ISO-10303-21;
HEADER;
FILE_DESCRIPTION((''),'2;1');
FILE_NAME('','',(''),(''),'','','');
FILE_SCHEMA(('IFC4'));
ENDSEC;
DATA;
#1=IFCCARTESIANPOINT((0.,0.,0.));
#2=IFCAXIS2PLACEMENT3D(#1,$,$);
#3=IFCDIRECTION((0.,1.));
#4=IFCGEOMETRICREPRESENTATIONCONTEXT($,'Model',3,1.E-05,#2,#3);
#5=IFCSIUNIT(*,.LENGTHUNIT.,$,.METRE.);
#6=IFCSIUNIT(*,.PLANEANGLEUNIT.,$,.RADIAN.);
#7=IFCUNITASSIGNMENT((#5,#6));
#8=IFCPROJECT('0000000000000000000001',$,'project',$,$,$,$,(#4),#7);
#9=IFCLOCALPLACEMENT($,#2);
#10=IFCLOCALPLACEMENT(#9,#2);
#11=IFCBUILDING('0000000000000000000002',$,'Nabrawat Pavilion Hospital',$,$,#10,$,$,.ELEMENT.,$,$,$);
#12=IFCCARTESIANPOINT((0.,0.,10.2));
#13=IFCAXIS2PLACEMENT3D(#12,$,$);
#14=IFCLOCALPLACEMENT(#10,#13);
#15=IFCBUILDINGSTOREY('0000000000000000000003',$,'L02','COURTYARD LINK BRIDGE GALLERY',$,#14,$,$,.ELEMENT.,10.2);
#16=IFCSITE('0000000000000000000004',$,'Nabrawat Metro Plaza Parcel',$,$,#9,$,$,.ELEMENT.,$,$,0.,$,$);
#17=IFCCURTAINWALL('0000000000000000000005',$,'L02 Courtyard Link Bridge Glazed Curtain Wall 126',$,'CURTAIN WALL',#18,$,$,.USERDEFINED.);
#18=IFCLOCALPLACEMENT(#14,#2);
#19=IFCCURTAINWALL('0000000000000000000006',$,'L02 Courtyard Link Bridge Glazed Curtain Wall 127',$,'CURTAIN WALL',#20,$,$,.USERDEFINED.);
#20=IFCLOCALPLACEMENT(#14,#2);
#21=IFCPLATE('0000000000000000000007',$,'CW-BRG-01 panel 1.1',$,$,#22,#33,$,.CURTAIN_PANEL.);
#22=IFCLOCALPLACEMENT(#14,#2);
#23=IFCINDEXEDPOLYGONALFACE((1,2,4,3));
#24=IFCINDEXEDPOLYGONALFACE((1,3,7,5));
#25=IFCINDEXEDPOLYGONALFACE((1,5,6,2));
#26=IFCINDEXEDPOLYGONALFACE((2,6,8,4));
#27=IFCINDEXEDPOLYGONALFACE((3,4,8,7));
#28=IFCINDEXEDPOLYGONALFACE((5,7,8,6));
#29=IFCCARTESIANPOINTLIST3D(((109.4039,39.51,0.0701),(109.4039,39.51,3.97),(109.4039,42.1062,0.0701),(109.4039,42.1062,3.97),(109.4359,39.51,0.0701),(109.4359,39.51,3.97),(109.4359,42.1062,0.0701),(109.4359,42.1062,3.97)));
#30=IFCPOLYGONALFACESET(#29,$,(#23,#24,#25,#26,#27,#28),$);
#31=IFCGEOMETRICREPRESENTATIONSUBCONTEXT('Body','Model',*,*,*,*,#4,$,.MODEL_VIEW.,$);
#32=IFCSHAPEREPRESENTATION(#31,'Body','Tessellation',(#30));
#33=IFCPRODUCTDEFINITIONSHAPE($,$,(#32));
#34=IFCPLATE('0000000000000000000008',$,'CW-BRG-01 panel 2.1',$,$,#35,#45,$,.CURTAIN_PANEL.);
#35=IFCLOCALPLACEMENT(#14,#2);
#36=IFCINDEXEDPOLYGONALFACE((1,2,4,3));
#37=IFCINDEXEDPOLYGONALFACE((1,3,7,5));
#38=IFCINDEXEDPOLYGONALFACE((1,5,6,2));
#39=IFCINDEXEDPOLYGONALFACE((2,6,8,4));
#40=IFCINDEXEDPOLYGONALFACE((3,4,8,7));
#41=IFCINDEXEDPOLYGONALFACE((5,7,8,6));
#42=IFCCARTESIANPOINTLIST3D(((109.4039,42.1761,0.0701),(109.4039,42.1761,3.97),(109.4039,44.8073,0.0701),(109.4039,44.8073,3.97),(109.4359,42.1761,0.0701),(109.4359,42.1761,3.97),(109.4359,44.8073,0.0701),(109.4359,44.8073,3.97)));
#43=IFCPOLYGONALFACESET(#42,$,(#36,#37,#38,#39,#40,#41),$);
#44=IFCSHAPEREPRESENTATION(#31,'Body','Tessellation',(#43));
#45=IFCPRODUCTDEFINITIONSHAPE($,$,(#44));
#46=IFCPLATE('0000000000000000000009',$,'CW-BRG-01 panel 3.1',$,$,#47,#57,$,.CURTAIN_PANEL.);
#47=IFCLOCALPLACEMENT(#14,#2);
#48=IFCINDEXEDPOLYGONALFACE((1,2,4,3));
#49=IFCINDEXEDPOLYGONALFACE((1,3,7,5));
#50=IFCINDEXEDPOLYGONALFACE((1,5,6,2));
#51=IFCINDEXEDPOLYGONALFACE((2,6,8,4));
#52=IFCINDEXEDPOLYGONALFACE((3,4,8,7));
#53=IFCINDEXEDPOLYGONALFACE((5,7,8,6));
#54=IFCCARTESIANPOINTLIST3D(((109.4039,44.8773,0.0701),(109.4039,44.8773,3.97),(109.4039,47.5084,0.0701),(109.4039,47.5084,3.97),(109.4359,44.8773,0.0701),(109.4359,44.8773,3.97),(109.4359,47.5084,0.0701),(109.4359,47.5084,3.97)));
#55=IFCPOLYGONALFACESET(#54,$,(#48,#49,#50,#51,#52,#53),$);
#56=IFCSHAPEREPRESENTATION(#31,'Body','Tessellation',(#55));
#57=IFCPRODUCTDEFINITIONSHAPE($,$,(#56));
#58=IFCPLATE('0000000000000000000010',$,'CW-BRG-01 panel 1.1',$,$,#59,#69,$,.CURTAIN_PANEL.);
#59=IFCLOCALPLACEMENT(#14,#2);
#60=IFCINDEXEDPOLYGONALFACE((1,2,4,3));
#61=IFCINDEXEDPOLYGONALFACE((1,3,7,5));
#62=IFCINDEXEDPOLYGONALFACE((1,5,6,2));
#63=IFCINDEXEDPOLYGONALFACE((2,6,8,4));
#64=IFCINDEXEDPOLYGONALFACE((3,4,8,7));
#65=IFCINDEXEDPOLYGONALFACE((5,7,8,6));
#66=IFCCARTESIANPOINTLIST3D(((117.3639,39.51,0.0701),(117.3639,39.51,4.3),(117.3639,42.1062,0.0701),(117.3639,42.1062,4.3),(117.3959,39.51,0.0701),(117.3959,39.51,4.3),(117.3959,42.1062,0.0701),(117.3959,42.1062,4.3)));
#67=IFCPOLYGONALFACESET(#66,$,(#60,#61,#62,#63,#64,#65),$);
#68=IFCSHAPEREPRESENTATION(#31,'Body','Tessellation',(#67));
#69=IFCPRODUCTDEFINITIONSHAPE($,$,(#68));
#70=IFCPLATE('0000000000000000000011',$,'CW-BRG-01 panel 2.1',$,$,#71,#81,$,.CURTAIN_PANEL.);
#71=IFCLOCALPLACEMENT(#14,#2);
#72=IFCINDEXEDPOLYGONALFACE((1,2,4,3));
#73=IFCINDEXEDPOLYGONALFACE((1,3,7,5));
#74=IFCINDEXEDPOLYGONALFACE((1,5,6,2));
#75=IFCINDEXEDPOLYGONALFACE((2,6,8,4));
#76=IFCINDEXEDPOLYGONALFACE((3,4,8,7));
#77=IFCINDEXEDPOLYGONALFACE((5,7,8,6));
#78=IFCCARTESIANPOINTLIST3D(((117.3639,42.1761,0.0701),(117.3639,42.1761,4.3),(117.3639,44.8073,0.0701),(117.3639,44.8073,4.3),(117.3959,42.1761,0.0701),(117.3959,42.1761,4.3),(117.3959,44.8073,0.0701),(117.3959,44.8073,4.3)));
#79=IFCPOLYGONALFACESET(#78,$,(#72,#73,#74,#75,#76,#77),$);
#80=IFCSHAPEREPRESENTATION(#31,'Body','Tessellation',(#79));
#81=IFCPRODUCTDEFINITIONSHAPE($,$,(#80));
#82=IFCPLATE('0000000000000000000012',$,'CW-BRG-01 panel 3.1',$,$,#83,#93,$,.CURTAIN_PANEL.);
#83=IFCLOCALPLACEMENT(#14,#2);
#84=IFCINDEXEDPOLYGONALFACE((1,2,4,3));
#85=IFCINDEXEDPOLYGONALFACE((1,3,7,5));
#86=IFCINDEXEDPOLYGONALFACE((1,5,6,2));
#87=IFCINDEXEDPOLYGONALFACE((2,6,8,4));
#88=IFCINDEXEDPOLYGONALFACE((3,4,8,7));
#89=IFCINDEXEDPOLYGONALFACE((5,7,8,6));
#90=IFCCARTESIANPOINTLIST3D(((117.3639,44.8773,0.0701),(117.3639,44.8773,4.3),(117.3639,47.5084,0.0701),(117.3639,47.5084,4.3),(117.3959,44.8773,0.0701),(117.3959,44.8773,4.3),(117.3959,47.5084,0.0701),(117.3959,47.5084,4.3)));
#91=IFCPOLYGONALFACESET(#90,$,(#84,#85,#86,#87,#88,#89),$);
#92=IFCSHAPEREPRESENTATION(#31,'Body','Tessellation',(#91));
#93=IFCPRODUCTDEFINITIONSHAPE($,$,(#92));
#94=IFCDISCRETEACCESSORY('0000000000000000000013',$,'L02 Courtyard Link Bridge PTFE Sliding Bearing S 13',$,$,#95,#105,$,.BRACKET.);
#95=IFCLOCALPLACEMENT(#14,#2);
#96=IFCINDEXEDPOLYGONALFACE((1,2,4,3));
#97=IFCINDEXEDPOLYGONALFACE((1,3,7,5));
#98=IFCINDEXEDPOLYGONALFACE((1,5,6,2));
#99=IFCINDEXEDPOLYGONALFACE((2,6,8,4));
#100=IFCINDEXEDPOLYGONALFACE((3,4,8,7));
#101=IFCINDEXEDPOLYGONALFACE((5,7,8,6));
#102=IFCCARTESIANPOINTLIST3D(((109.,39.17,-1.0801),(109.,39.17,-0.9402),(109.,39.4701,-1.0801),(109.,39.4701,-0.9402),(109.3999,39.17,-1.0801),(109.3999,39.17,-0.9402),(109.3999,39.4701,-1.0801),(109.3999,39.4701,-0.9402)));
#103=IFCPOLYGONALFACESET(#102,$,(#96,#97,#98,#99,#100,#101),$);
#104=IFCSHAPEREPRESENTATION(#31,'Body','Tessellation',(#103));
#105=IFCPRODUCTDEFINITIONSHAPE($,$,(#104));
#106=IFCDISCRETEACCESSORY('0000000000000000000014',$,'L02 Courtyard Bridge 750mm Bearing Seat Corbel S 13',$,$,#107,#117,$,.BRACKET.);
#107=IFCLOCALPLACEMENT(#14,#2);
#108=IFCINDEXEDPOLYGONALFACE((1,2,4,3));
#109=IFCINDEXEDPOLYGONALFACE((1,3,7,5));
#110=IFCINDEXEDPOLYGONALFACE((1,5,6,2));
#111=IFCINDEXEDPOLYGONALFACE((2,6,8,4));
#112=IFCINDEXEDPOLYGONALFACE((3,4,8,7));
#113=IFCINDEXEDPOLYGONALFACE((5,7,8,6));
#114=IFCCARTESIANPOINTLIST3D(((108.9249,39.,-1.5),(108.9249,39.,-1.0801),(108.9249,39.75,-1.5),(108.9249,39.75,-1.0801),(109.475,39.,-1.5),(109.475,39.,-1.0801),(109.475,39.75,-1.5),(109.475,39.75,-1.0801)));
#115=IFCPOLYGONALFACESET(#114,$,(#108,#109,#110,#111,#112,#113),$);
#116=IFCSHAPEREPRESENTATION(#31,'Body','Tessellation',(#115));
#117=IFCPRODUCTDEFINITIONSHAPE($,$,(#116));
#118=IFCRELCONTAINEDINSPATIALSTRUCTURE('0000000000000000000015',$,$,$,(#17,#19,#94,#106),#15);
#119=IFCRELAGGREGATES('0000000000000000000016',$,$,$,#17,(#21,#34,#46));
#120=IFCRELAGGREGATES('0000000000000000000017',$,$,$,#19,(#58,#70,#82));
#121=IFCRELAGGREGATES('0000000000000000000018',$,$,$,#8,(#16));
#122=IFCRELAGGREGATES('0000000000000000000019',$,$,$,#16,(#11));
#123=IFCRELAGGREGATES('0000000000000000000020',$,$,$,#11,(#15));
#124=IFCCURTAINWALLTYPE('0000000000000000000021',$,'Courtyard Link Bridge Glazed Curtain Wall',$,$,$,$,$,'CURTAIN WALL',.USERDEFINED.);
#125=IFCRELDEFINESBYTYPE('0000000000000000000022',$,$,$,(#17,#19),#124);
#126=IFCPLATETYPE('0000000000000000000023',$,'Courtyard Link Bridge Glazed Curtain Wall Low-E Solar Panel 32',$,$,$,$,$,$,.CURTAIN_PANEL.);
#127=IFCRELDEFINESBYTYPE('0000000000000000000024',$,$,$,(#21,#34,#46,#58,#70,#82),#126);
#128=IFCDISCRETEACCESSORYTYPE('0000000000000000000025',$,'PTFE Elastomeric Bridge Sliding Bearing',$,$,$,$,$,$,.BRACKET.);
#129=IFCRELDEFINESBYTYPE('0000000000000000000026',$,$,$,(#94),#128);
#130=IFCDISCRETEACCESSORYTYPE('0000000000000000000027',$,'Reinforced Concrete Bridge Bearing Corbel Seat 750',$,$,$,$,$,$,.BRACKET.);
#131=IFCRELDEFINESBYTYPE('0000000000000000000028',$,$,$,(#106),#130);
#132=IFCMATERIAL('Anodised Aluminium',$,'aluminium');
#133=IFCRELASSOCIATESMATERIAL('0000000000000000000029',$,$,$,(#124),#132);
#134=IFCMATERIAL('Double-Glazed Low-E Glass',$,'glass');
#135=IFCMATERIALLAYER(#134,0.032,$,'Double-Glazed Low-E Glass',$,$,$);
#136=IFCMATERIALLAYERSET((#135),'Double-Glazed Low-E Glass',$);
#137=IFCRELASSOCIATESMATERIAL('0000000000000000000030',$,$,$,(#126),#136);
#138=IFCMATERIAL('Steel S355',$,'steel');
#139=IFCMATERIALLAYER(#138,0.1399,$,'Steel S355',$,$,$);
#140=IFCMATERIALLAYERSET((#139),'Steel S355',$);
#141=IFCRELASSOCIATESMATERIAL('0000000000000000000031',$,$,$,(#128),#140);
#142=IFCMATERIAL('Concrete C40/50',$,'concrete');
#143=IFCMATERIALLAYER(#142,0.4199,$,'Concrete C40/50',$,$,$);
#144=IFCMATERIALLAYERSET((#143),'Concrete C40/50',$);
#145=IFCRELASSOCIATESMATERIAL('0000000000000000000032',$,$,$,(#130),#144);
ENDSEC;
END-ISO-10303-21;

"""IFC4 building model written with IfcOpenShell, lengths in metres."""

from ifc_helpers import new_model, si_unit, direction, frame, origin, origin_2d, place, context, subcontext, project, spatial, rectangle, extrude, material, layer, layer_set, type_object, element, aggregate, save


model = new_model("IFC4")

# Units and contexts
model_context = context("Model", 3, precision=1e-05, world=origin(), true_north=direction((0.0, 1.0)))
body_context = subcontext(model_context, "Body", "Model", "MODEL_VIEW")
ifc_project = project(units=[si_unit("LENGTHUNIT", "METRE"), si_unit("PLANEANGLEUNIT", "RADIAN")], contexts=[model_context])

# Site, building, storey
site_placement = place(None, origin())
site = spatial("IfcSite", under=ifc_project, at=site_placement, Name="Nabrawat Metro Plaza Parcel", CompositionType="ELEMENT", RefElevation=0.0)
building_placement = place(site_placement, origin())
building = spatial("IfcBuilding", under=site, at=building_placement, Name="Nabrawat Pavilion Hospital", CompositionType="ELEMENT")
storey_placement = place(building_placement, frame((0.0, 0.0, 10.2)))
storey = spatial("IfcBuildingStorey", under=building, at=storey_placement, Name="L02", Description="COURTYARD LINK BRIDGE GALLERY", CompositionType="ELEMENT", Elevation=10.2)

# Shared definitions
ifc_material_1 = material(Name="Steel S355", Category="steel")

# Curtain walls
ifc_material_2 = material(Name="Anodised Aluminium", Category="aluminium")
curtain_wall_type = type_object("IfcCurtainWallType", Name="Courtyard Link Bridge Glazed Curtain Wall", ElementType="CURTAIN WALL", PredefinedType="USERDEFINED", material=ifc_material_2)
curtain_wall_1_placement = place(storey_placement, origin())
curtain_wall_1 = element("IfcCurtainWall", 1, at=curtain_wall_1_placement, inside=storey, type_object=curtain_wall_type, Name="L02 Courtyard Link Bridge Glazed Curtain Wall 126", ObjectType="CURTAIN WALL", PredefinedType="USERDEFINED")
curtain_wall_2_placement = place(storey_placement, origin())
curtain_wall_2 = element("IfcCurtainWall", 2, at=curtain_wall_2_placement, inside=storey, type_object=curtain_wall_type, Name="L02 Courtyard Link Bridge Glazed Curtain Wall 127", ObjectType="CURTAIN WALL", PredefinedType="USERDEFINED")

# Plates
ifc_material_3 = material(Name="Double-Glazed Low-E Glass", Category="glass")
ifc_layer_1 = layer(ifc_material_3, 0.032, Name="Double-Glazed Low-E Glass")
ifc_layer_set_1 = layer_set([ifc_layer_1], Name="Double-Glazed Low-E Glass")
plate_type = type_object("IfcPlateType", Name="Courtyard Link Bridge Glazed Curtain Wall Low-E Solar Panel 32", PredefinedType="CURTAIN_PANEL", material=ifc_layer_set_1)
plate_1_placement = place(storey_placement, frame((109.4199, 40.8081, 0.0701), z_axis=(0.0, 0.0, 1.0), x_axis=(0.0, 1.0, 0.0)))
plate_1 = element("IfcPlate", 3, at=plate_1_placement, type_object=plate_type, Name="CW-BRG-01 panel 1.1", PredefinedType="CURTAIN_PANEL", context=body_context, shape_type="SweptSolid", body=[
    extrude(rectangle(XDim=2.5962, YDim=0.032, at=origin_2d()), origin(), (0.0, 0.0, 1.0), 3.8999),
])
plate_2_placement = place(storey_placement, frame((109.4199, 43.4917, 0.0701), z_axis=(0.0, 0.0, 1.0), x_axis=(0.0, 1.0, 0.0)))
plate_2 = element("IfcPlate", 4, at=plate_2_placement, type_object=plate_type, Name="CW-BRG-01 panel 2.1", PredefinedType="CURTAIN_PANEL", context=body_context, shape_type="SweptSolid", body=[
    extrude(rectangle(XDim=2.6311, YDim=0.032, at=origin_2d()), origin(), (0.0, 0.0, 1.0), 3.8999),
])
plate_3_placement = place(storey_placement, frame((109.4199, 46.1929, 0.0701), z_axis=(0.0, 0.0, 1.0), x_axis=(0.0, 1.0, 0.0)))
plate_3 = element("IfcPlate", 5, at=plate_3_placement, type_object=plate_type, Name="CW-BRG-01 panel 3.1", PredefinedType="CURTAIN_PANEL", context=body_context, shape_type="SweptSolid", body=[
    extrude(rectangle(XDim=2.6311, YDim=0.032, at=origin_2d()), origin(), (0.0, 0.0, 1.0), 3.8999),
])
aggregate(curtain_wall_1, [plate_1, plate_2, plate_3])
plate_4_placement = place(storey_placement, frame((117.3799, 40.8081, 0.0701), z_axis=(0.0, 0.0, 1.0), x_axis=(0.0, 1.0, 0.0)))
plate_4 = element("IfcPlate", 6, at=plate_4_placement, type_object=plate_type, Name="CW-BRG-01 panel 1.1", PredefinedType="CURTAIN_PANEL", context=body_context, shape_type="SweptSolid", body=[
    extrude(rectangle(XDim=2.5962, YDim=0.032, at=origin_2d()), origin(), (0.0, 0.0, 1.0), 4.23),
])
plate_5_placement = place(storey_placement, frame((117.3799, 43.4917, 0.0701), z_axis=(0.0, 0.0, 1.0), x_axis=(0.0, 1.0, 0.0)))
plate_5 = element("IfcPlate", 7, at=plate_5_placement, type_object=plate_type, Name="CW-BRG-01 panel 2.1", PredefinedType="CURTAIN_PANEL", context=body_context, shape_type="SweptSolid", body=[
    extrude(rectangle(XDim=2.6311, YDim=0.032, at=origin_2d()), origin(), (0.0, 0.0, 1.0), 4.23),
])
plate_6_placement = place(storey_placement, frame((117.3799, 46.1929, 0.0701), z_axis=(0.0, 0.0, 1.0), x_axis=(0.0, 1.0, 0.0)))
plate_6 = element("IfcPlate", 8, at=plate_6_placement, type_object=plate_type, Name="CW-BRG-01 panel 3.1", PredefinedType="CURTAIN_PANEL", context=body_context, shape_type="SweptSolid", body=[
    extrude(rectangle(XDim=2.6311, YDim=0.032, at=origin_2d()), origin(), (0.0, 0.0, 1.0), 4.23),
])
aggregate(curtain_wall_2, [plate_4, plate_5, plate_6])

# Discrete accessories
ifc_layer_2 = layer(ifc_material_1, 0.1399, Name="Steel S355")
ifc_layer_set_2 = layer_set([ifc_layer_2], Name="Steel S355")
discrete_accessory_type_1 = type_object("IfcDiscreteAccessoryType", Name="PTFE Elastomeric Bridge Sliding Bearing", PredefinedType="BRACKET", material=ifc_layer_set_2)
discrete_accessory_1_placement = place(storey_placement, frame((109.2, 39.3201, -1.0801), z_axis=(0.0, 0.0, 1.0), x_axis=(1.0, 0.0, 0.0)))
element("IfcDiscreteAccessory", 9, at=discrete_accessory_1_placement, inside=storey, type_object=discrete_accessory_type_1, Name="L02 Courtyard Link Bridge PTFE Sliding Bearing S 13", PredefinedType="BRACKET", context=body_context, shape_type="SweptSolid", body=[
    extrude(rectangle(XDim=0.3999, YDim=0.3, at=origin_2d()), origin(), (0.0, 0.0, 1.0), 0.1399),
])
ifc_material_4 = material(Name="Concrete C40/50", Category="concrete")
ifc_layer_3 = layer(ifc_material_4, 0.4199, Name="Concrete C40/50")
ifc_layer_set_3 = layer_set([ifc_layer_3], Name="Concrete C40/50")
discrete_accessory_type_2 = type_object("IfcDiscreteAccessoryType", Name="Reinforced Concrete Bridge Bearing Corbel Seat 750", PredefinedType="BRACKET", material=ifc_layer_set_3)
discrete_accessory_2_placement = place(storey_placement, frame((109.2, 39.375, -1.5), z_axis=(0.0, 0.0, 1.0), x_axis=(1.0, 0.0, 0.0)))
element("IfcDiscreteAccessory", 10, at=discrete_accessory_2_placement, inside=storey, type_object=discrete_accessory_type_2, Name="L02 Courtyard Bridge 750mm Bearing Seat Corbel S 13", PredefinedType="BRACKET", context=body_context, shape_type="SweptSolid", body=[
    extrude(rectangle(XDim=0.55, YDim=0.75, at=origin_2d()), origin(), (0.0, 0.0, 1.0), 0.4199),
])

save(model, "model.ifc")
